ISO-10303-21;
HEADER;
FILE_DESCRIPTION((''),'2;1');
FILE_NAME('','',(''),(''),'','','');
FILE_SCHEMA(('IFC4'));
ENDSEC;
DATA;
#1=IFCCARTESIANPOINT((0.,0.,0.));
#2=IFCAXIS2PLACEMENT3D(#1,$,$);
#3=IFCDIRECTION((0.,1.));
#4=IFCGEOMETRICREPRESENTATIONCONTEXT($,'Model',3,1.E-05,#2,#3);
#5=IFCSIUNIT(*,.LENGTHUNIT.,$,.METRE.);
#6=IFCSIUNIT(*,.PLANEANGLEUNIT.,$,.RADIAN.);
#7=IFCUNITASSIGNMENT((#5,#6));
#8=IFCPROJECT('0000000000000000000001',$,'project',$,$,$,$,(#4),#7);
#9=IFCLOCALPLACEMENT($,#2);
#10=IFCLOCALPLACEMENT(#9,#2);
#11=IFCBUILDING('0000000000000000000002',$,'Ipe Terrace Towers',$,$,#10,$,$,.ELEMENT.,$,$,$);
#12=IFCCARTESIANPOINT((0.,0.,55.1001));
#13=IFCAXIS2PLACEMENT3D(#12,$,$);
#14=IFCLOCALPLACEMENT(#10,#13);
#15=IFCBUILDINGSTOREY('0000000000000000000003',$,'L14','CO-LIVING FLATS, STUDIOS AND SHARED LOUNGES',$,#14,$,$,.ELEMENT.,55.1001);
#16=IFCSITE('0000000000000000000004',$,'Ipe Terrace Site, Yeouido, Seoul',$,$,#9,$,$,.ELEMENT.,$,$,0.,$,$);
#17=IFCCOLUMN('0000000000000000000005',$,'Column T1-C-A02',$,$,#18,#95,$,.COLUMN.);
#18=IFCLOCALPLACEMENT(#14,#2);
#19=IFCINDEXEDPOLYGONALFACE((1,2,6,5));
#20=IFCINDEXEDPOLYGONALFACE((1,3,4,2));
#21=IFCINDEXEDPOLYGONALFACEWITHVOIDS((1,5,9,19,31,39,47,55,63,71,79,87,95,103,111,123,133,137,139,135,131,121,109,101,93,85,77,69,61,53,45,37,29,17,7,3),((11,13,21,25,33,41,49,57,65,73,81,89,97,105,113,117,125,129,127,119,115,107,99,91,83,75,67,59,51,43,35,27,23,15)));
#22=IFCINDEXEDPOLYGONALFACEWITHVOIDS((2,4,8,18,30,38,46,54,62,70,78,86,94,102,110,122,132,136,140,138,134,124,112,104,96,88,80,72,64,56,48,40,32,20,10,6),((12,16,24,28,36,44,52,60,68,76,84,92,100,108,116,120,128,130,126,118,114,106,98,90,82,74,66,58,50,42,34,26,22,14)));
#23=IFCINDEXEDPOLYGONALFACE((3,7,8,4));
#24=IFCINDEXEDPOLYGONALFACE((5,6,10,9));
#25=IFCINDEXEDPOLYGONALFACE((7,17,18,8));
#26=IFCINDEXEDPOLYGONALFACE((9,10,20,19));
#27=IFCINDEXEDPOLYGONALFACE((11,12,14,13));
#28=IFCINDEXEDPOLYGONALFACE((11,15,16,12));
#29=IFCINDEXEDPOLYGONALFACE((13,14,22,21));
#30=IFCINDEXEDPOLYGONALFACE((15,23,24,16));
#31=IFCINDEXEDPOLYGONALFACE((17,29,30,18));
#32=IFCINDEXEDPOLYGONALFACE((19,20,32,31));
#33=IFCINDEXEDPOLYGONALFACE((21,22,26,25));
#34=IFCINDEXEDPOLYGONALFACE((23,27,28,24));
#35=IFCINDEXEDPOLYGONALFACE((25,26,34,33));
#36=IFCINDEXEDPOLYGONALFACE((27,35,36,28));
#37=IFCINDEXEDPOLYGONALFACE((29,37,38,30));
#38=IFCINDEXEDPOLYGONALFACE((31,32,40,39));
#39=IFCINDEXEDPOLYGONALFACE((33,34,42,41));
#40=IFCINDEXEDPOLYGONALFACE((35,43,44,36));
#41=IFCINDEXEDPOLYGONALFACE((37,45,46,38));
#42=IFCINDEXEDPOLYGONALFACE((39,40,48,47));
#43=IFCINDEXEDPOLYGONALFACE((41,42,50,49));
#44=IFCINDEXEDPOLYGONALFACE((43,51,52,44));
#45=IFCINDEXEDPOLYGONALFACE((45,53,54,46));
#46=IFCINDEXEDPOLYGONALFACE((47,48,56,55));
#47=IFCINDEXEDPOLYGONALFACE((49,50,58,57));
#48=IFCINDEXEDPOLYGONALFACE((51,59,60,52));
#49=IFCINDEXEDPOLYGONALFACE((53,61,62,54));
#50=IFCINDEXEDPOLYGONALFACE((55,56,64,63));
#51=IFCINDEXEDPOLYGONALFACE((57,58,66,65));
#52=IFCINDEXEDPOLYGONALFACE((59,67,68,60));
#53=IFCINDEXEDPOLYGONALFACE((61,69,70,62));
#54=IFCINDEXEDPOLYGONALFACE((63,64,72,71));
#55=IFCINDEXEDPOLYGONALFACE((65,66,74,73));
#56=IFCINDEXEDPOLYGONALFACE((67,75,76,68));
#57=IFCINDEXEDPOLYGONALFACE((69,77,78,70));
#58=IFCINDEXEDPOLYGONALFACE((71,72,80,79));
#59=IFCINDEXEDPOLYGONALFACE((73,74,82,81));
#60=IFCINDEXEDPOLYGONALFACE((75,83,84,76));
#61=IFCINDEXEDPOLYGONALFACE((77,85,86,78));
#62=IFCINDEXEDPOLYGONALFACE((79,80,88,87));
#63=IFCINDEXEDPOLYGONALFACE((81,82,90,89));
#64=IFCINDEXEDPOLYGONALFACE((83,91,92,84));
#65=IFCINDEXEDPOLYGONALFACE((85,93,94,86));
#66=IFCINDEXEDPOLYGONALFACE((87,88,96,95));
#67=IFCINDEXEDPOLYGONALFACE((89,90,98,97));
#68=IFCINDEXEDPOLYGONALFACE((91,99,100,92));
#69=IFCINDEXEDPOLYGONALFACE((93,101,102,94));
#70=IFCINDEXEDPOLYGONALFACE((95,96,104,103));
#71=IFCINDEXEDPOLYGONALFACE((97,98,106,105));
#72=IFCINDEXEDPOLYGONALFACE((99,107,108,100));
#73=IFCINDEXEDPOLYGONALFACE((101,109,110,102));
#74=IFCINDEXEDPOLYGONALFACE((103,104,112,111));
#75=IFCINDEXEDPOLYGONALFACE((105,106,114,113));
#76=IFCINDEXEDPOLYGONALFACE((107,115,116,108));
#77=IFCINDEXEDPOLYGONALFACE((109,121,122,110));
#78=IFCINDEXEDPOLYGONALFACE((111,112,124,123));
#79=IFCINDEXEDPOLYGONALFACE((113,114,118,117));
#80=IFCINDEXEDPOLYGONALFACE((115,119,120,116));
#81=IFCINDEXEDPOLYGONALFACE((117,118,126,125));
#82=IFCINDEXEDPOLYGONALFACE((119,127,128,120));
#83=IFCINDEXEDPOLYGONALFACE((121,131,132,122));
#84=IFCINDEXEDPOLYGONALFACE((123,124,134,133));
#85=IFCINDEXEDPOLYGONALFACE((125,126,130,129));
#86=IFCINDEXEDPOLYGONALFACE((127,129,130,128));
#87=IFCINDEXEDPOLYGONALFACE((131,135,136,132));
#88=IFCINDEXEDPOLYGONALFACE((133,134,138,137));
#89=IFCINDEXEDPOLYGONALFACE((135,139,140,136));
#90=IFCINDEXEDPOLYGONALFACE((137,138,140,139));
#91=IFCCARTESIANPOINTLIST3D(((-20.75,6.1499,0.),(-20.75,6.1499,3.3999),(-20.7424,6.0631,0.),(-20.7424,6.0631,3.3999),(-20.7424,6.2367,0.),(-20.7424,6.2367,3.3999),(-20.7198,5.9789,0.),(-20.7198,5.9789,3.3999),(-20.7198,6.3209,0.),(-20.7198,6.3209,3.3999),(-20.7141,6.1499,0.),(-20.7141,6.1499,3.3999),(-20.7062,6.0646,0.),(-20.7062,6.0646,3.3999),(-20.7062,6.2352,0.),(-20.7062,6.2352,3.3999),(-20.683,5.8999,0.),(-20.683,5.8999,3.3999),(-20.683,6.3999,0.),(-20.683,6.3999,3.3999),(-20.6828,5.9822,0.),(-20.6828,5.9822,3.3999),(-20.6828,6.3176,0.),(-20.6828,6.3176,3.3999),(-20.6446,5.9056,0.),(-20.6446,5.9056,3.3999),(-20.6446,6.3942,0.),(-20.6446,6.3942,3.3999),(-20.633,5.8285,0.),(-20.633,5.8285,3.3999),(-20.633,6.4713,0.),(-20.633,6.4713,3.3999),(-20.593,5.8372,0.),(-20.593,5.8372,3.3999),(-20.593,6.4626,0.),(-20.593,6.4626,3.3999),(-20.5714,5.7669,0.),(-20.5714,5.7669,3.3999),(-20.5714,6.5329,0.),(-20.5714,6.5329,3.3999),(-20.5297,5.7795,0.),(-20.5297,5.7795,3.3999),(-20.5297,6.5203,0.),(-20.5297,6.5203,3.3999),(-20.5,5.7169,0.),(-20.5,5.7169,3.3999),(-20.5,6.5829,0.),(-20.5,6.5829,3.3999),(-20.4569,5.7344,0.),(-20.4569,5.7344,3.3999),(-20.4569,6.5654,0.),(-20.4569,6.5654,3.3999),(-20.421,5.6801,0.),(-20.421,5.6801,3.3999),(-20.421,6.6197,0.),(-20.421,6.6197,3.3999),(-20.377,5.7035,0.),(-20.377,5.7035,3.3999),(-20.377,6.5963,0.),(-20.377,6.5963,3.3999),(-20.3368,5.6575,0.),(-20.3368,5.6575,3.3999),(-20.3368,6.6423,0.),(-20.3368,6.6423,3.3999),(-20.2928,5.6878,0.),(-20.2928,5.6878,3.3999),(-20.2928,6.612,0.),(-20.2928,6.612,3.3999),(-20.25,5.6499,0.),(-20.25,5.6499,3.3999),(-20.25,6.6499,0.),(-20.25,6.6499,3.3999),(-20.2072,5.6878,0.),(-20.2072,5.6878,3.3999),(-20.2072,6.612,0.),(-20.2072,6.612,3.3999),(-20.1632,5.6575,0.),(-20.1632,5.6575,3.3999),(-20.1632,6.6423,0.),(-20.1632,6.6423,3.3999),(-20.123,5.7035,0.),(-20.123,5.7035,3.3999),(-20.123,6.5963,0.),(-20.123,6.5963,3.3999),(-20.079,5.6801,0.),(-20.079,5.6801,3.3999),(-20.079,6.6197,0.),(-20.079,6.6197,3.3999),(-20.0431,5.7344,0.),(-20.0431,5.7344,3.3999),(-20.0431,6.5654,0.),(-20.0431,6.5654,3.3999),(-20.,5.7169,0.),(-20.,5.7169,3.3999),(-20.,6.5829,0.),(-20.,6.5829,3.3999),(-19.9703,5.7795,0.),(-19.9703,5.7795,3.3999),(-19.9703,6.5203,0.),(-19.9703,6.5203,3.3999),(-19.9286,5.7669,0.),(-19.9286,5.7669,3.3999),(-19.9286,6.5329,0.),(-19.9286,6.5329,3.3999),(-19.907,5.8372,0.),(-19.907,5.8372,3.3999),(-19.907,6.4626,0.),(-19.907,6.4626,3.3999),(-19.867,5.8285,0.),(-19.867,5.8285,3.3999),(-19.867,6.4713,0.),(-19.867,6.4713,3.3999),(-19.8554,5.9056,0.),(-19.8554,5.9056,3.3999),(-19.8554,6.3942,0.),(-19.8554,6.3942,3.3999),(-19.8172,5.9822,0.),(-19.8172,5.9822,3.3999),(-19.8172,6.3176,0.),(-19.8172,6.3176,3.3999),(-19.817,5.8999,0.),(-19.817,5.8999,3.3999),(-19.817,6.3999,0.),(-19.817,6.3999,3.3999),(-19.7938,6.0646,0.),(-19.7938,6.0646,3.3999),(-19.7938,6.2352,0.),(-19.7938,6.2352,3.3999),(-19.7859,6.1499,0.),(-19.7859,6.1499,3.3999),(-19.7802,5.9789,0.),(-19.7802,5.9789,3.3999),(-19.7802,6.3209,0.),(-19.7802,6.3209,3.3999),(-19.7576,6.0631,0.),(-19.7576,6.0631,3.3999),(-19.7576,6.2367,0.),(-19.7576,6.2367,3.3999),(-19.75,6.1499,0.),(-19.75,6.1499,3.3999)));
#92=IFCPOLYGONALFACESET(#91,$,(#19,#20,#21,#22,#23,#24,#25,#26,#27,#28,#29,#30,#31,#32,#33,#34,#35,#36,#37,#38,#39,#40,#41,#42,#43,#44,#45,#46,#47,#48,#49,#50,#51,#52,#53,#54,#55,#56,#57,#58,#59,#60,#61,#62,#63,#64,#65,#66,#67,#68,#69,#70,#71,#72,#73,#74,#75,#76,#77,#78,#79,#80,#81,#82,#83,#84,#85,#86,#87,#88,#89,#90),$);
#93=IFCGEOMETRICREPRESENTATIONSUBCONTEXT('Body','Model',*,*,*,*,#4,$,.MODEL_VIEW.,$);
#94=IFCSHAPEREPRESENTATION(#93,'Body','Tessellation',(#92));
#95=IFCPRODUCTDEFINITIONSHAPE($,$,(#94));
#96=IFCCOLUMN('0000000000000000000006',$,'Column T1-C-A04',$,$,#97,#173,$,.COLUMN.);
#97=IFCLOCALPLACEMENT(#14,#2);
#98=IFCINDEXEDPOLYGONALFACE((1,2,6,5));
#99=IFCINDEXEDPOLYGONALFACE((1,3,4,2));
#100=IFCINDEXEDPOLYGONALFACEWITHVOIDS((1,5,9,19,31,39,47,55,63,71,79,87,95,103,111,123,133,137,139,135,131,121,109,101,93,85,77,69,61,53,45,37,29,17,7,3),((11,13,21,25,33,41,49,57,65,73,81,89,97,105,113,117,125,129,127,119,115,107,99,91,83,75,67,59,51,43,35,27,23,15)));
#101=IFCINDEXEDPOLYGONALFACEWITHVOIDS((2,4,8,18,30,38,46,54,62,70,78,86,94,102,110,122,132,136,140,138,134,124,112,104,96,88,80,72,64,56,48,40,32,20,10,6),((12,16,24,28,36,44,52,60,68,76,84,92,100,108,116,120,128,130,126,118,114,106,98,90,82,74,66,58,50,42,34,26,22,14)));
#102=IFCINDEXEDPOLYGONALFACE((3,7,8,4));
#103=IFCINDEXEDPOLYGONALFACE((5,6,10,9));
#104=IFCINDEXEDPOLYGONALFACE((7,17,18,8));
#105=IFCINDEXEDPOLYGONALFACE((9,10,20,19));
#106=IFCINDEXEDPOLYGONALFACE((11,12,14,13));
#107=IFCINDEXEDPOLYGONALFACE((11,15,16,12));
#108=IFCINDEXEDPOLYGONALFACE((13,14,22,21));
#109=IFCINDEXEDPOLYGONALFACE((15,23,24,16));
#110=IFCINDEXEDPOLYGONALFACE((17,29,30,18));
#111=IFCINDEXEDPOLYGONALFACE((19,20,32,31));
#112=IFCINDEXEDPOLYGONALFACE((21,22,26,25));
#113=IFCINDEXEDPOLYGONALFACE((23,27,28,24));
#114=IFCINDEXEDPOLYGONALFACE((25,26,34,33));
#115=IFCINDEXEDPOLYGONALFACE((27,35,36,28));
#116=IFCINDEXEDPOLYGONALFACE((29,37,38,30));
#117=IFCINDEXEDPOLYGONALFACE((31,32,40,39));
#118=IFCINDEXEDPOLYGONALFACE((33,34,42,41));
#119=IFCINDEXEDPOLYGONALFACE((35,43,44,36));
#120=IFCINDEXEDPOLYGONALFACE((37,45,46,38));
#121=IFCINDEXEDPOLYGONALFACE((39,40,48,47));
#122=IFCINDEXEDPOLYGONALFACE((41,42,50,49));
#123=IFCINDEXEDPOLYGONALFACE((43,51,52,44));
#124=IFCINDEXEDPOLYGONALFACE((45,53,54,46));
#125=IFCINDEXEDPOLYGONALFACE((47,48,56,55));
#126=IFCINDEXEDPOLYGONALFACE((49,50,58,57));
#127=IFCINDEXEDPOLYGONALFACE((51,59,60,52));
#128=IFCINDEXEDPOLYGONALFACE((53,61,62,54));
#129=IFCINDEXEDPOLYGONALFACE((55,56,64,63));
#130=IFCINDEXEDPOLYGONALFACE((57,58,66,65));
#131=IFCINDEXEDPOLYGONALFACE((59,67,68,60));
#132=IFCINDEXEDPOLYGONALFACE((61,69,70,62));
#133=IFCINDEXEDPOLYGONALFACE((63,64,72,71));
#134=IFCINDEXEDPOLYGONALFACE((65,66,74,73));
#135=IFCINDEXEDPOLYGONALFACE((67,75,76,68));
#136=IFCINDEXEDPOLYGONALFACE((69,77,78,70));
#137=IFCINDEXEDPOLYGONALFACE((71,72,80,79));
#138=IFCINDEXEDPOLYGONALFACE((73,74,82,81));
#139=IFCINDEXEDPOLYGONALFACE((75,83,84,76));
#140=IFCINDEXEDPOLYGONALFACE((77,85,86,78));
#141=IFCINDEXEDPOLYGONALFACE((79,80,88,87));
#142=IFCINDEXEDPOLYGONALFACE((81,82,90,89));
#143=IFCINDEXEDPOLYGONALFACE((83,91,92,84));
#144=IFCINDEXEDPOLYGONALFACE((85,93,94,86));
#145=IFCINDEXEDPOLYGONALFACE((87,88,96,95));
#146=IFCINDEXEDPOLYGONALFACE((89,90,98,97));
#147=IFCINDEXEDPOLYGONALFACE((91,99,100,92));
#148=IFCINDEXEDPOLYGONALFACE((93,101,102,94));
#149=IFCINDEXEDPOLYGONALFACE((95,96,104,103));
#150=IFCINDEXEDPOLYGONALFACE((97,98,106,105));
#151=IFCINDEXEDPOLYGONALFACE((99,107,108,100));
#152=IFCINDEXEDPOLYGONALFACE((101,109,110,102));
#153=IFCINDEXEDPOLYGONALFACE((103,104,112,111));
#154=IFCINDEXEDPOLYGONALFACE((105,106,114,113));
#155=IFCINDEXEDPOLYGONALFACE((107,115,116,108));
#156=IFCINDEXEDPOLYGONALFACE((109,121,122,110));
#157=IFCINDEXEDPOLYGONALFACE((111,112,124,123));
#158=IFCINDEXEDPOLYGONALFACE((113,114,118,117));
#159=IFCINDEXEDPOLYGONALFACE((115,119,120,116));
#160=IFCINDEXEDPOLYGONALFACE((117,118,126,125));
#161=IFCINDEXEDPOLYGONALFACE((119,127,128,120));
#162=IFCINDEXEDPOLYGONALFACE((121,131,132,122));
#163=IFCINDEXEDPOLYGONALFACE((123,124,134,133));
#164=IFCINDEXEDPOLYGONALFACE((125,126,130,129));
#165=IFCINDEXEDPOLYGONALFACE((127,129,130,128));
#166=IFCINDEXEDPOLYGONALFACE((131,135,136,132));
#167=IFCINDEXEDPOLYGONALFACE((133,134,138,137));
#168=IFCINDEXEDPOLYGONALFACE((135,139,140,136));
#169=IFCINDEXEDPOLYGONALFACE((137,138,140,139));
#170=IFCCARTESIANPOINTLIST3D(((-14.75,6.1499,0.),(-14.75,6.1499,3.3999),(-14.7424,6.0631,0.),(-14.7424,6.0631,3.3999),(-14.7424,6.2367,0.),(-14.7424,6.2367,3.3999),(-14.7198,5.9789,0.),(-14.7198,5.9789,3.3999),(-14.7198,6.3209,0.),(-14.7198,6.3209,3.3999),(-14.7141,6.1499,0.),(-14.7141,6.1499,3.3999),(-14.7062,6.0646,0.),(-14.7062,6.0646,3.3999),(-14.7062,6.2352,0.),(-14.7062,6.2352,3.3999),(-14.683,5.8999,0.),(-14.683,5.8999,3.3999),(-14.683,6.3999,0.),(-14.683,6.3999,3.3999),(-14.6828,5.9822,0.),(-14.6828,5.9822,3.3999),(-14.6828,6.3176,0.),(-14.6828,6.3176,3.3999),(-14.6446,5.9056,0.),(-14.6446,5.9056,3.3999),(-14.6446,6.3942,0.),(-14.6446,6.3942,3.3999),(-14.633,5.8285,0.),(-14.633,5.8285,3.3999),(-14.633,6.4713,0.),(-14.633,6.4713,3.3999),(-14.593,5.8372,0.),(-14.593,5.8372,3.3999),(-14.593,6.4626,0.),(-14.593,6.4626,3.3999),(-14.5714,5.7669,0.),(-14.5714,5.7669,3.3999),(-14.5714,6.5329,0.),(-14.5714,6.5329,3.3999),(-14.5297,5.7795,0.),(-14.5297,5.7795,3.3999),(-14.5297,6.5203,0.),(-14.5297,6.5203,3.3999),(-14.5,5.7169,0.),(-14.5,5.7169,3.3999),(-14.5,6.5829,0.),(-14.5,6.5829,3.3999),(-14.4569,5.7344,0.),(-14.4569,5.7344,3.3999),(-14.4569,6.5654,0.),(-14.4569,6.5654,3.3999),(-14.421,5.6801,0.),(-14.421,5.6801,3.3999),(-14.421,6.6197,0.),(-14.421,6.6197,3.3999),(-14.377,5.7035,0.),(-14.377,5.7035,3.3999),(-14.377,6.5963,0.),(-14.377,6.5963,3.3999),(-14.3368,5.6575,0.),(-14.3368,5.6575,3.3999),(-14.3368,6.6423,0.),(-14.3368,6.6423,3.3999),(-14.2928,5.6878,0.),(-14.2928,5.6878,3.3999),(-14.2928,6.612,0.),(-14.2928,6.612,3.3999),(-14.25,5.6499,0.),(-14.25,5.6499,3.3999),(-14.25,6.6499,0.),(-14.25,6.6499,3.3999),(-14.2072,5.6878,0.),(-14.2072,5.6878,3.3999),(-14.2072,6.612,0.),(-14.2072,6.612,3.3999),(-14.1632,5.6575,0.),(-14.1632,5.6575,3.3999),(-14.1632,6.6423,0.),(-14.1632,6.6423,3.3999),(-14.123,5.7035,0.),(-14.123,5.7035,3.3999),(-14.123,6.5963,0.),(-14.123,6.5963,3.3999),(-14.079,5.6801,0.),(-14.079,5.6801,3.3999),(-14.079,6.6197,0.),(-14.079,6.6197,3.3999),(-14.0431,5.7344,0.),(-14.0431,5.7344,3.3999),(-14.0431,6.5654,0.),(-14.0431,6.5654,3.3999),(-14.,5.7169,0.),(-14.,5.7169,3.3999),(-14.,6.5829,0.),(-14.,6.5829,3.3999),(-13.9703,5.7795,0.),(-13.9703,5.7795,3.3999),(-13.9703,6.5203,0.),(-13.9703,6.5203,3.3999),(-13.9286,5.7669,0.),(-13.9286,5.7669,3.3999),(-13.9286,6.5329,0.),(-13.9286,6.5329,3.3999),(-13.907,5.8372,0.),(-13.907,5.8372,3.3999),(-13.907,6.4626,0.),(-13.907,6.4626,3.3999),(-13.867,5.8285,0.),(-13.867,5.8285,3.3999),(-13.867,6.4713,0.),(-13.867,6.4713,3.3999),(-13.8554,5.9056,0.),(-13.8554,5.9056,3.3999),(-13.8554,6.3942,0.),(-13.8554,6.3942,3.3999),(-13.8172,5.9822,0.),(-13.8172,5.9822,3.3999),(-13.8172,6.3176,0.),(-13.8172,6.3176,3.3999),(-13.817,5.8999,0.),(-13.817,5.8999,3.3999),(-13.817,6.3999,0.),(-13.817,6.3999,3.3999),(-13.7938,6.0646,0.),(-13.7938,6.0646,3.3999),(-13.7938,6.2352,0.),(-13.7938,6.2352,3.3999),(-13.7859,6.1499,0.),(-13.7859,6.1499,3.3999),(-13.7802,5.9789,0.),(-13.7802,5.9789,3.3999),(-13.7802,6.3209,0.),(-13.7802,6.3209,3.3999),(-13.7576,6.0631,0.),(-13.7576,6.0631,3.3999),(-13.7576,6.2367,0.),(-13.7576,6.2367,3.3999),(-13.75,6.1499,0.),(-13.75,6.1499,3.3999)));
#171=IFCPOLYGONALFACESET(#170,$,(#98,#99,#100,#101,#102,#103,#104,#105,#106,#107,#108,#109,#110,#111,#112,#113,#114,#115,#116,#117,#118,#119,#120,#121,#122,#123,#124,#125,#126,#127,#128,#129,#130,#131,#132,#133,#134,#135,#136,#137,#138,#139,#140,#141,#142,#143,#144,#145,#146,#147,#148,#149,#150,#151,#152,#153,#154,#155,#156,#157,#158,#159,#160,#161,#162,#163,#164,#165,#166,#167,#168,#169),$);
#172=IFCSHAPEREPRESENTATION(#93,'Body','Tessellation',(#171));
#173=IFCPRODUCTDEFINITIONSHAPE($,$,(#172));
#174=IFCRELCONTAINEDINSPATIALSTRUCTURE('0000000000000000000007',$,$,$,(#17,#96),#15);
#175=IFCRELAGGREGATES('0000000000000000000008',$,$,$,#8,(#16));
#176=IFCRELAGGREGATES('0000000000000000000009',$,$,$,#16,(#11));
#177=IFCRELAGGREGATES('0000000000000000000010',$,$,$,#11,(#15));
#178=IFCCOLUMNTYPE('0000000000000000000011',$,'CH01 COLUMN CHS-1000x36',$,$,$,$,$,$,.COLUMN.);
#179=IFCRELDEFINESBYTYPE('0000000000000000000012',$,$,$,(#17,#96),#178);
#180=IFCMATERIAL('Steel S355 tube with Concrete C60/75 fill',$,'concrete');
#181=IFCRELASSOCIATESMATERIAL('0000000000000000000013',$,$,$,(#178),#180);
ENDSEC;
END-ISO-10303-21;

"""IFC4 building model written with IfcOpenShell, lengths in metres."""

from ifc_helpers import new_model, si_unit, direction, frame, origin, origin_2d, place, context, subcontext, project, spatial, hollow_circle, extrude, material, material_profile, profile_set, type_object, element, save


model = new_model("IFC4")

# Units and contexts
model_context = context("Model", 3, precision=1e-05, world=origin(), true_north=direction((0.0, 1.0)))
body_context = subcontext(model_context, "Body", "Model", "MODEL_VIEW")
ifc_project = project(units=[si_unit("LENGTHUNIT", "METRE"), si_unit("PLANEANGLEUNIT", "RADIAN")], contexts=[model_context])

# Site, building, storey
site_placement = place(None, origin())
site = spatial("IfcSite", under=ifc_project, at=site_placement, Name="Ipe Terrace Site, Yeouido, Seoul", CompositionType="ELEMENT", RefElevation=0.0)
building_placement = place(site_placement, origin())
building = spatial("IfcBuilding", under=site, at=building_placement, Name="Ipe Terrace Towers", CompositionType="ELEMENT")
storey_placement = place(building_placement, frame((0.0, 0.0, 55.1001)))
storey = spatial("IfcBuildingStorey", under=building, at=storey_placement, Name="L14", Description="CO-LIVING FLATS, STUDIOS AND SHARED LOUNGES", CompositionType="ELEMENT", Elevation=55.1001)

# Columns
ifc_material_1 = material(Name="Steel S355 tube with Concrete C60/75 fill", Category="concrete")
ifc_material_profile_1 = material_profile(ifc_material_1, hollow_circle(Radius=0.5, WallThickness=0.0359, at=origin_2d()), Name="CHS-1000x36")
ifc_profile_set_1 = profile_set([ifc_material_profile_1], Name="Steel S355 tube with Concrete C60/75 fill")
column_type = type_object("IfcColumnType", Name="CH01 COLUMN CHS-1000x36", PredefinedType="COLUMN", material=ifc_profile_set_1)
for number, where, z_axis, x_axis, name in (
    (1, (-20.25, 6.1499, 0.0), (0.0, 0.0, 1.0), (1.0, 0.0, 0.0), "Column T1-C-A02"),
    (2, (-14.25, 6.1499, 0.0), (0.0, 0.0, 1.0), (1.0, 0.0, 0.0), "Column T1-C-A04"),
):
    element("IfcColumn", number, at=place(storey_placement, frame(where, z_axis=z_axis, x_axis=x_axis)), inside=storey, type_object=column_type, Name=name, PredefinedType="COLUMN", context=body_context, shape_type="SweptSolid", body=[
        extrude(hollow_circle(Radius=0.5, WallThickness=0.0359, at=origin_2d()), origin(), (0.0, 0.0, 1.0), 3.3999),
    ])

save(model, "model.ifc")
